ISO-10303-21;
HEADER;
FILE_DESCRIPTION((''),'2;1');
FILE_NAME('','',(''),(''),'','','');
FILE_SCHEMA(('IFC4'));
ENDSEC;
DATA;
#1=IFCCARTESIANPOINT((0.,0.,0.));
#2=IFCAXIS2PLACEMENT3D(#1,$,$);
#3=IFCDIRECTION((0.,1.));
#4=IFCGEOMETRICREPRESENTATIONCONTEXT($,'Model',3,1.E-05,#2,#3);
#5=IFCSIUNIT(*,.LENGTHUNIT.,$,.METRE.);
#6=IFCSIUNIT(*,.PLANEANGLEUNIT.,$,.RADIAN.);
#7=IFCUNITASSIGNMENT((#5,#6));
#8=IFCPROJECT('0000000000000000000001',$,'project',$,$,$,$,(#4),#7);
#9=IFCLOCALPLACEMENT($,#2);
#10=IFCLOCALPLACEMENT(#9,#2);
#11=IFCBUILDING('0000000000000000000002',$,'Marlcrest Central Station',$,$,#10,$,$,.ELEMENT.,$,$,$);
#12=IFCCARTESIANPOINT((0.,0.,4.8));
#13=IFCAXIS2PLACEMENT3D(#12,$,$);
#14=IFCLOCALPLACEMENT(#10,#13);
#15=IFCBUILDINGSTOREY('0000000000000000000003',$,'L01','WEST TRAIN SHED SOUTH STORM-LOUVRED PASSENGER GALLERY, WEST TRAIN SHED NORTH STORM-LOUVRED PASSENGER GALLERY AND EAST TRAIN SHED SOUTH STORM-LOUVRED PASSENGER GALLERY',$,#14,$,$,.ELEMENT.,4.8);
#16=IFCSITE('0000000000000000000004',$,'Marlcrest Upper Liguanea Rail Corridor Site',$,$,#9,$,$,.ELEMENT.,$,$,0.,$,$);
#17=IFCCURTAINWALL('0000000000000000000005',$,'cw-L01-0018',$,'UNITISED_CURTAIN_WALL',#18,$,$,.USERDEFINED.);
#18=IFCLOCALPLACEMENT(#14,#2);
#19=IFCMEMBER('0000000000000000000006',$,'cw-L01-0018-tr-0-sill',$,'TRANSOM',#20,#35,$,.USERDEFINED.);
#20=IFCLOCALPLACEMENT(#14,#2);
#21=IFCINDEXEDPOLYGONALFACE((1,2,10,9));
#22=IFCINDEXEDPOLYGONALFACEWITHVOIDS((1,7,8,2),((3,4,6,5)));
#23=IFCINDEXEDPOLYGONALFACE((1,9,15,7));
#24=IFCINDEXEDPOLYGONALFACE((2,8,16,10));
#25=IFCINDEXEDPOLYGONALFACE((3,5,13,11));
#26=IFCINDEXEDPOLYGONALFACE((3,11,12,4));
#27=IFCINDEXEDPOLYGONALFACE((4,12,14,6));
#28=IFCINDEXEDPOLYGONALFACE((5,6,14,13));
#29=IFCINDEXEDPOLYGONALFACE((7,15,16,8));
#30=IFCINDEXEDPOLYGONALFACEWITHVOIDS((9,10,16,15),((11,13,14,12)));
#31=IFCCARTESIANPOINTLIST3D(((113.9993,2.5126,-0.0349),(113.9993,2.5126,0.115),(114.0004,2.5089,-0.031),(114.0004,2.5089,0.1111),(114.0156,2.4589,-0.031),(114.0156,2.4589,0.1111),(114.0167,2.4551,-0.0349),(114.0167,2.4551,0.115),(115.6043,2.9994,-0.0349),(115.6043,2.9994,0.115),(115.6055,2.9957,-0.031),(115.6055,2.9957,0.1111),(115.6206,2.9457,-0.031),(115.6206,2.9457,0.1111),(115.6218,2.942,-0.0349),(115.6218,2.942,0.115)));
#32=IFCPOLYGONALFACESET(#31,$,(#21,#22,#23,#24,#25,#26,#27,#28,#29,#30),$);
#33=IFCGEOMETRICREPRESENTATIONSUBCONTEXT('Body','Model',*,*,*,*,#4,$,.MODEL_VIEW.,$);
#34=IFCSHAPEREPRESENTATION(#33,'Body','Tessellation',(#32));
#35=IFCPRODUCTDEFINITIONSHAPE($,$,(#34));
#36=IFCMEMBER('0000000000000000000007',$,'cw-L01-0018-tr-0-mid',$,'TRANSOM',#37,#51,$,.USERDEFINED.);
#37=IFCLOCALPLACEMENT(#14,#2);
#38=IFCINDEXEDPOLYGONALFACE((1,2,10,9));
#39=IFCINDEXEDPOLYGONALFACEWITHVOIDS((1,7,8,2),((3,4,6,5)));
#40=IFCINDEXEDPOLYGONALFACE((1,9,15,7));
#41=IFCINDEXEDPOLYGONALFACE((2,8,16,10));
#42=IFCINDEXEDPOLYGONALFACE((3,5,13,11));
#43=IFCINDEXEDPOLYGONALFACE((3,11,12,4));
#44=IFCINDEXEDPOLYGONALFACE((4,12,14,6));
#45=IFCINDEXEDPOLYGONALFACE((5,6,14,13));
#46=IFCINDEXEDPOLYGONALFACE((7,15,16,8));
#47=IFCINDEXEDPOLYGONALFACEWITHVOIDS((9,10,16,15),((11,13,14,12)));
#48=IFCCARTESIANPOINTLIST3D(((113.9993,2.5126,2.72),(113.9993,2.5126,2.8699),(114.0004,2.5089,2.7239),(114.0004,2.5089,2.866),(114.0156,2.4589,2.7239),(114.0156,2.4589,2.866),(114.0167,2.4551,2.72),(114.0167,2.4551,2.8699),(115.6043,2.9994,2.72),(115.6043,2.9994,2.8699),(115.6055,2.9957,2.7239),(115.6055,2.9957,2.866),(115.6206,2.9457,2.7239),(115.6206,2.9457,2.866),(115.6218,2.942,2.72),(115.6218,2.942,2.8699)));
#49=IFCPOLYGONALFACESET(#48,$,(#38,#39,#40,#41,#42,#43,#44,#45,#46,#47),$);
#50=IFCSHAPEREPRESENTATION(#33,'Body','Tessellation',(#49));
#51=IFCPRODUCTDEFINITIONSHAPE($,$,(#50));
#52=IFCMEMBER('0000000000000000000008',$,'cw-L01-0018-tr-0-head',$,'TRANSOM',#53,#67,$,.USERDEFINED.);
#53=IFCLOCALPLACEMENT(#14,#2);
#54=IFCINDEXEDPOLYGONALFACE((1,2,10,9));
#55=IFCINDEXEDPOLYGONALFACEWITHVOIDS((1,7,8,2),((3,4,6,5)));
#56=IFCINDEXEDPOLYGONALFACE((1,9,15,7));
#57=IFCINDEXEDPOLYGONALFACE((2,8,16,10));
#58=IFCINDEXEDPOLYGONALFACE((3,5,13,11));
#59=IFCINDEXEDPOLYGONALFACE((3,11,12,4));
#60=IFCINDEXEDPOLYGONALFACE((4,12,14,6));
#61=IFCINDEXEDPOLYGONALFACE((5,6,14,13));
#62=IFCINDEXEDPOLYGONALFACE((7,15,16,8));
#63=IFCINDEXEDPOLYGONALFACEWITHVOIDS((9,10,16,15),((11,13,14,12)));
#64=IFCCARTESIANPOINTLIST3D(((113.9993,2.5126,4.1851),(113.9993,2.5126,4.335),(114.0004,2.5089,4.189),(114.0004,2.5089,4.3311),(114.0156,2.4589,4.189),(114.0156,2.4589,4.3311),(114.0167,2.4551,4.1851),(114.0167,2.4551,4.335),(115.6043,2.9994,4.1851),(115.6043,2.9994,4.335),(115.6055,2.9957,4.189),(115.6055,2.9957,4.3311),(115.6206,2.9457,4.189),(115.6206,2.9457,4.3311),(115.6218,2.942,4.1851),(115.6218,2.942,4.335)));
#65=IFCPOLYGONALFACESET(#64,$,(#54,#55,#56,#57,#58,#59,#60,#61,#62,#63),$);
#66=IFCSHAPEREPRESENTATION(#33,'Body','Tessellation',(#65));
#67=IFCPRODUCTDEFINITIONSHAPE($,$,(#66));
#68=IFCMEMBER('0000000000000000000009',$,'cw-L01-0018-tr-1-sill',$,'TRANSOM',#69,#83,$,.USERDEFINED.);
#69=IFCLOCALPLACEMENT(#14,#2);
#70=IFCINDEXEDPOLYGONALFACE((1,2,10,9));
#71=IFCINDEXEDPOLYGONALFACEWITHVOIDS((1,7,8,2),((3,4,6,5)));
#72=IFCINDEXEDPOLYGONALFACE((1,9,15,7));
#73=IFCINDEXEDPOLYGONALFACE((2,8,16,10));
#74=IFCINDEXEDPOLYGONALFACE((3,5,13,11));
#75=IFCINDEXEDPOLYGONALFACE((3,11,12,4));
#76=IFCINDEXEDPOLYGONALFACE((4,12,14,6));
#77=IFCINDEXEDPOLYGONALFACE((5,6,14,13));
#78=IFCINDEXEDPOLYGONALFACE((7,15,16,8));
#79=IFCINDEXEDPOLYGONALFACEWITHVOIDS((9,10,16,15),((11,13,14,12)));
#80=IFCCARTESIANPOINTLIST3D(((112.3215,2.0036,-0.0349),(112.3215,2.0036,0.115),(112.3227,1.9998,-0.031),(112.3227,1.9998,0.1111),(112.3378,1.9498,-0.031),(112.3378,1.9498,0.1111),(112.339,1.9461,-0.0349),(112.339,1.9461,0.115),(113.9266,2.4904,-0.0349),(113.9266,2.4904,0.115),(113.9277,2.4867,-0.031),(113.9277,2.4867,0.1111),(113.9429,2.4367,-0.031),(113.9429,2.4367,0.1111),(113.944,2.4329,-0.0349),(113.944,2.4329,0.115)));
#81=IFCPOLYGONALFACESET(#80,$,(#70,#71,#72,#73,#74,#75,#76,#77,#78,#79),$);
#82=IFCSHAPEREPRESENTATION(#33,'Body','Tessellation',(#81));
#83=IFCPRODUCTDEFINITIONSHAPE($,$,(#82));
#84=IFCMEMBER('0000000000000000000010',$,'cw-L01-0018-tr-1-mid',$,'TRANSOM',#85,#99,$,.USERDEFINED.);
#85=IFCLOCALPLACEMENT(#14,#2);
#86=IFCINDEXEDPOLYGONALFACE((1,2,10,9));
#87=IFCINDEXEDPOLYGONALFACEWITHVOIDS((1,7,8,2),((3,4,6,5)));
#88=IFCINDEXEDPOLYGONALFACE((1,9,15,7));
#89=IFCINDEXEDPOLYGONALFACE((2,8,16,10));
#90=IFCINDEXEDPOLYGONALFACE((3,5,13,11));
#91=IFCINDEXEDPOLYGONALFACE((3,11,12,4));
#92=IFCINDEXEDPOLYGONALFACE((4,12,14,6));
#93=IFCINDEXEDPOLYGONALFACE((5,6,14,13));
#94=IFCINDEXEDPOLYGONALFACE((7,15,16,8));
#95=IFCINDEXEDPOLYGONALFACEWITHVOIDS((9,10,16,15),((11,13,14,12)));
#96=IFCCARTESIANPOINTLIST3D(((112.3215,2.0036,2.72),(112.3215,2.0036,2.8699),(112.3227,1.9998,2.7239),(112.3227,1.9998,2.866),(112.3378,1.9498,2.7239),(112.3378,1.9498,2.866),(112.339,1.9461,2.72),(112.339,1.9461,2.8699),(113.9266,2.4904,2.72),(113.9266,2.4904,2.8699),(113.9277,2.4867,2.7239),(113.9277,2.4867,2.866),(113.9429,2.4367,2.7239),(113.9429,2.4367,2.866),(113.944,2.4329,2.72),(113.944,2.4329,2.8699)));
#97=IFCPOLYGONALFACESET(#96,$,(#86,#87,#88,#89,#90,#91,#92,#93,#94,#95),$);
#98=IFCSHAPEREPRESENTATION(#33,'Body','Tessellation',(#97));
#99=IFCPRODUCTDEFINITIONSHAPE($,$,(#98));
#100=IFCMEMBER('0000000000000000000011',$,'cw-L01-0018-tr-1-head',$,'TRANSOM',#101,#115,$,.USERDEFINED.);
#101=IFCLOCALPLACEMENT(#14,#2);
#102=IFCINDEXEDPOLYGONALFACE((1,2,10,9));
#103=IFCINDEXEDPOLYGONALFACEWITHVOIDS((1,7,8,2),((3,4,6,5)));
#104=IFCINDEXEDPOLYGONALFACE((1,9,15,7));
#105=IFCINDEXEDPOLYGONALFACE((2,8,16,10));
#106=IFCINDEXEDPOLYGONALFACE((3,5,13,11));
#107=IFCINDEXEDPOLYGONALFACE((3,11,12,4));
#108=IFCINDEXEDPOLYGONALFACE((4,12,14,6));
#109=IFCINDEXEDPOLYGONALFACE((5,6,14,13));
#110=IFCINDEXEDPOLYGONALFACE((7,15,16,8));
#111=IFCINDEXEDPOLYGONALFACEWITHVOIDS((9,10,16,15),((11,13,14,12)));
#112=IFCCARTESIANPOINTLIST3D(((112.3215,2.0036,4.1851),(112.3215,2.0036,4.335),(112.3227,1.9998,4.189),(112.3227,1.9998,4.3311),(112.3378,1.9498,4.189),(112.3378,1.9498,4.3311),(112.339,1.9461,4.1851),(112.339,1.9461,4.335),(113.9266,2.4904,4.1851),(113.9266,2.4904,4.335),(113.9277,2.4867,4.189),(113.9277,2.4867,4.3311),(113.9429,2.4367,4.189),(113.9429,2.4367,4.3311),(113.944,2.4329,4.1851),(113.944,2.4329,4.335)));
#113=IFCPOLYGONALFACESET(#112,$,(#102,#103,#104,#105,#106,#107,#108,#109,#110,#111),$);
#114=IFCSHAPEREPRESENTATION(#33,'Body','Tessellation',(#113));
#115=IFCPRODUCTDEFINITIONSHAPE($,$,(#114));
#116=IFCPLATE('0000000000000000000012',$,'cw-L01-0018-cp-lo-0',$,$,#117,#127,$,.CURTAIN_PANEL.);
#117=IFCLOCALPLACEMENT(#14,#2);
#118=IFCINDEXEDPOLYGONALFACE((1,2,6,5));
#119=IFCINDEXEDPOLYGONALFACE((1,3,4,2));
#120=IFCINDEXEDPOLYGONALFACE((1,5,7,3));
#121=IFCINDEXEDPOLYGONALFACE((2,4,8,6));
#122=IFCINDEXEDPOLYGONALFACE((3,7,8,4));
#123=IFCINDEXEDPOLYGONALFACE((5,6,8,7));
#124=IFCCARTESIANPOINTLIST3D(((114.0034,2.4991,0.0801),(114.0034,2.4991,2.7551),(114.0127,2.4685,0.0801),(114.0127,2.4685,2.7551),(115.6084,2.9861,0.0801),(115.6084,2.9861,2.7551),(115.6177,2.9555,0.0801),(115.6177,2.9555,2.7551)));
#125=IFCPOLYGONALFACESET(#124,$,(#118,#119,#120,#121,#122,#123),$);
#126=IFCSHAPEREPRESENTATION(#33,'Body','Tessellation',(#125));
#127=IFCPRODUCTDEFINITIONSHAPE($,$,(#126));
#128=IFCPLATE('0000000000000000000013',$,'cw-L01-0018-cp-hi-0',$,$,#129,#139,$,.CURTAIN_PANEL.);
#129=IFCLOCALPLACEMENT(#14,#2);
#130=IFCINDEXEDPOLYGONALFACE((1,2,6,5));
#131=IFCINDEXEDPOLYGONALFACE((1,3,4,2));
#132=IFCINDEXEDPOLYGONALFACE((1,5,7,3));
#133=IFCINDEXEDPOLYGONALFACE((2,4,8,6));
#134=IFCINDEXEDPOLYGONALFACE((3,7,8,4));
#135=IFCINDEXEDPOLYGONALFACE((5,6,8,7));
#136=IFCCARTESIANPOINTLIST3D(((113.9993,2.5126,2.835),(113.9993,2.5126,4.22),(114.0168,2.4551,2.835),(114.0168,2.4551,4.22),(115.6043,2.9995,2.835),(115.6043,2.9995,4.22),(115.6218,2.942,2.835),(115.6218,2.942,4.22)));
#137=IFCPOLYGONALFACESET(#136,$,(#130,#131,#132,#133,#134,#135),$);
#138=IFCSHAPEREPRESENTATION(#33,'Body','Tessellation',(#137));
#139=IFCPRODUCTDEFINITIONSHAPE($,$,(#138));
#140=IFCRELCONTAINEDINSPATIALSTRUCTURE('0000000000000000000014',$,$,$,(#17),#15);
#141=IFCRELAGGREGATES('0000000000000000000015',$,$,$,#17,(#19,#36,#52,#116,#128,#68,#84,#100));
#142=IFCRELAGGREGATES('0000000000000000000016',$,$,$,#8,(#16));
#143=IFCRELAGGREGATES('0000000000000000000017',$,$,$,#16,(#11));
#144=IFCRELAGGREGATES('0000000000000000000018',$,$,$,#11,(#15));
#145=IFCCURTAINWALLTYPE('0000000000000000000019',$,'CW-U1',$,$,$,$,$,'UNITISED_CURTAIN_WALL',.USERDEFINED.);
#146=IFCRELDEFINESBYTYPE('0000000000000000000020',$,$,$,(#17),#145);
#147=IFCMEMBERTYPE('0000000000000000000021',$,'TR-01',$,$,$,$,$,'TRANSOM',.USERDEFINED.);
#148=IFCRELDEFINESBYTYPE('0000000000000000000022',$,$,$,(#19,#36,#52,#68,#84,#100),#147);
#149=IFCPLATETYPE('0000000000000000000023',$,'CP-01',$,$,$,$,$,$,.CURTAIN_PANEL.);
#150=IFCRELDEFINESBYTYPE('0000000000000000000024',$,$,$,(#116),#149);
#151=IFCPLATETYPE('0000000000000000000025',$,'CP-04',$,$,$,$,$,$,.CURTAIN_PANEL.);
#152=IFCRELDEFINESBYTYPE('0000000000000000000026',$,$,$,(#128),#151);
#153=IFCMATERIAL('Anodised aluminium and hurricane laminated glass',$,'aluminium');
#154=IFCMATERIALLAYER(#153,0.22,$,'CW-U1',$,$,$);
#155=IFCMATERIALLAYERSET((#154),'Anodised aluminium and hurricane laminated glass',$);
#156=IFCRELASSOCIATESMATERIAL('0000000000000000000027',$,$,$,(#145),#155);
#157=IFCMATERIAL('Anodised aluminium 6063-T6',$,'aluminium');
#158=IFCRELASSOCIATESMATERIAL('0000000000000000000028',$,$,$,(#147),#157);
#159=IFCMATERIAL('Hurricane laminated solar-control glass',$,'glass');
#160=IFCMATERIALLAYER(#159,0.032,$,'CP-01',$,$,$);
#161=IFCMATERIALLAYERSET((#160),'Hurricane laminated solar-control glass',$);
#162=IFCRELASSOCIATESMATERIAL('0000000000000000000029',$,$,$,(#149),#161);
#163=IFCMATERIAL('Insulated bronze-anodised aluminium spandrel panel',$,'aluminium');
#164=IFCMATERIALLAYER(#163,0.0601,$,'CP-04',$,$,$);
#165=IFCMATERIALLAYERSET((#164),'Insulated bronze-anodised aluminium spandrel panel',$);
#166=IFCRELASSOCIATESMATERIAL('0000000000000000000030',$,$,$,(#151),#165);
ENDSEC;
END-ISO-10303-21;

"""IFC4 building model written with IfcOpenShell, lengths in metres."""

from ifc_helpers import new_model, si_unit, direction, frame, origin, origin_2d, place, context, subcontext, project, spatial, rectangle, hollow_rectangle, extrude, material, layer, layer_set, material_profile, profile_set, type_object, element, aggregate, save


model = new_model("IFC4")

# Units and contexts
model_context = context("Model", 3, precision=1e-05, world=origin(), true_north=direction((0.0, 1.0)))
body_context = subcontext(model_context, "Body", "Model", "MODEL_VIEW")
ifc_project = project(units=[si_unit("LENGTHUNIT", "METRE"), si_unit("PLANEANGLEUNIT", "RADIAN")], contexts=[model_context])

# Site, building, storey
site_placement = place(None, origin())
site = spatial("IfcSite", under=ifc_project, at=site_placement, Name="Marlcrest Upper Liguanea Rail Corridor Site", CompositionType="ELEMENT", RefElevation=0.0)
building_placement = place(site_placement, origin())
building = spatial("IfcBuilding", under=site, at=building_placement, Name="Marlcrest Central Station", CompositionType="ELEMENT")
storey_placement = place(building_placement, frame((0.0, 0.0, 4.8)))
storey = spatial("IfcBuildingStorey", under=building, at=storey_placement, Name="L01", Description="WEST TRAIN SHED SOUTH STORM-LOUVRED PASSENGER GALLERY, WEST TRAIN SHED NORTH STORM-LOUVRED PASSENGER GALLERY AND EAST TRAIN SHED SOUTH STORM-LOUVRED PASSENGER GALLERY", CompositionType="ELEMENT", Elevation=4.8)

# Curtain wall
ifc_material_1 = material(Name="Anodised aluminium and hurricane laminated glass", Category="aluminium")
ifc_layer_1 = layer(ifc_material_1, 0.22, Name="CW-U1")
ifc_layer_set_1 = layer_set([ifc_layer_1], Name="Anodised aluminium and hurricane laminated glass")
curtain_wall_type = type_object("IfcCurtainWallType", Name="CW-U1", ElementType="UNITISED_CURTAIN_WALL", PredefinedType="USERDEFINED", material=ifc_layer_set_1)
curtain_wall_1_placement = place(storey_placement, origin())
curtain_wall_1 = element("IfcCurtainWall", 1, at=curtain_wall_1_placement, inside=storey, type_object=curtain_wall_type, Name="cw-L01-0018", ObjectType="UNITISED_CURTAIN_WALL", PredefinedType="USERDEFINED")
ifc_material_2 = material(Name="Anodised aluminium 6063-T6", Category="aluminium")

# Members
ifc_material_profile_1 = material_profile(ifc_material_2, hollow_rectangle(XDim=0.0601, YDim=0.1499, WallThickness=0.0039, at=origin_2d()), Name="AA-RHS 150x60x4")
ifc_profile_set_1 = profile_set([ifc_material_profile_1], Name="Anodised aluminium 6063-T6")
member_type_1 = type_object("IfcMemberType", Name="TR-01", ElementType="TRANSOM", PredefinedType="USERDEFINED", material=ifc_profile_set_1)
member_1_placement = place(storey_placement, frame((115.613, 2.9707, 0.04), z_axis=(-0.956948, -0.290258, 0.0), x_axis=(0.290258, -0.956948, 0.0)))
member_1 = element("IfcMember", 2, at=member_1_placement, type_object=member_type_1, Name="cw-L01-0018-tr-0-sill", ObjectType="TRANSOM", PredefinedType="USERDEFINED", context=body_context, shape_type="SweptSolid", body=[
    extrude(hollow_rectangle(XDim=0.0601, YDim=0.1499, WallThickness=0.0039, at=origin_2d()), origin(), (0.0, 0.0, 1.0), 1.6772),
])
member_2_placement = place(storey_placement, frame((115.613, 2.9707, 2.7949), z_axis=(-0.956948, -0.290258, 0.0), x_axis=(0.290258, -0.956948, 0.0)))
member_2 = element("IfcMember", 3, at=member_2_placement, type_object=member_type_1, Name="cw-L01-0018-tr-0-mid", ObjectType="TRANSOM", PredefinedType="USERDEFINED", context=body_context, shape_type="SweptSolid", body=[
    extrude(hollow_rectangle(XDim=0.0601, YDim=0.1499, WallThickness=0.0039, at=origin_2d()), origin(), (0.0, 0.0, 1.0), 1.6772),
])
member_3_placement = place(storey_placement, frame((115.613, 2.9707, 4.26), z_axis=(-0.956948, -0.290258, 0.0), x_axis=(0.290258, -0.956948, 0.0)))
member_3 = element("IfcMember", 4, at=member_3_placement, type_object=member_type_1, Name="cw-L01-0018-tr-0-head", ObjectType="TRANSOM", PredefinedType="USERDEFINED", context=body_context, shape_type="SweptSolid", body=[
    extrude(hollow_rectangle(XDim=0.0601, YDim=0.1499, WallThickness=0.0039, at=origin_2d()), origin(), (0.0, 0.0, 1.0), 1.6772),
])
member_4_placement = place(storey_placement, frame((113.9353, 2.4617, 0.04), z_axis=(-0.956948, -0.290258, 0.0), x_axis=(0.290258, -0.956948, 0.0)))
member_4 = element("IfcMember", 5, at=member_4_placement, type_object=member_type_1, Name="cw-L01-0018-tr-1-sill", ObjectType="TRANSOM", PredefinedType="USERDEFINED", context=body_context, shape_type="SweptSolid", body=[
    extrude(hollow_rectangle(XDim=0.0601, YDim=0.1499, WallThickness=0.0039, at=origin_2d()), origin(), (0.0, 0.0, 1.0), 1.6772),
])
member_5_placement = place(storey_placement, frame((113.9353, 2.4617, 2.7949), z_axis=(-0.956948, -0.290258, 0.0), x_axis=(0.290258, -0.956948, 0.0)))
member_5 = element("IfcMember", 6, at=member_5_placement, type_object=member_type_1, Name="cw-L01-0018-tr-1-mid", ObjectType="TRANSOM", PredefinedType="USERDEFINED", context=body_context, shape_type="SweptSolid", body=[
    extrude(hollow_rectangle(XDim=0.0601, YDim=0.1499, WallThickness=0.0039, at=origin_2d()), origin(), (0.0, 0.0, 1.0), 1.6772),
])
member_6_placement = place(storey_placement, frame((113.9353, 2.4617, 4.26), z_axis=(-0.956948, -0.290258, 0.0), x_axis=(0.290258, -0.956948, 0.0)))
member_6 = element("IfcMember", 7, at=member_6_placement, type_object=member_type_1, Name="cw-L01-0018-tr-1-head", ObjectType="TRANSOM", PredefinedType="USERDEFINED", context=body_context, shape_type="SweptSolid", body=[
    extrude(hollow_rectangle(XDim=0.0601, YDim=0.1499, WallThickness=0.0039, at=origin_2d()), origin(), (0.0, 0.0, 1.0), 1.6772),
])

# Plates
ifc_material_3 = material(Name="Hurricane laminated solar-control glass", Category="glass")
ifc_layer_2 = layer(ifc_material_3, 0.032, Name="CP-01")
ifc_layer_set_2 = layer_set([ifc_layer_2], Name="Hurricane laminated solar-control glass")
plate_type_1 = type_object("IfcPlateType", Name="CP-01", PredefinedType="CURTAIN_PANEL", material=ifc_layer_set_2)
plate_1_placement = place(storey_placement, frame((114.8105, 2.7273, 0.0801), z_axis=(0.0, 0.0, 1.0), x_axis=(-0.95693, -0.290318, 0.0)))
plate_1 = element("IfcPlate", 8, at=plate_1_placement, type_object=plate_type_1, Name="cw-L01-0018-cp-lo-0", PredefinedType="CURTAIN_PANEL", context=body_context, shape_type="SweptSolid", body=[
    extrude(rectangle(XDim=1.6772, YDim=0.032, at=origin_2d()), origin(), (0.0, 0.0, 1.0), 2.675),
])
ifc_material_4 = material(Name="Insulated bronze-anodised aluminium spandrel panel", Category="aluminium")
ifc_layer_3 = layer(ifc_material_4, 0.0601, Name="CP-04")
ifc_layer_set_3 = layer_set([ifc_layer_3], Name="Insulated bronze-anodised aluminium spandrel panel")
plate_type_2 = type_object("IfcPlateType", Name="CP-04", PredefinedType="CURTAIN_PANEL", material=ifc_layer_set_3)
plate_2_placement = place(storey_placement, frame((114.8105, 2.7273, 2.835), z_axis=(0.0, 0.0, 1.0), x_axis=(-0.95693, -0.290318, 0.0)))
plate_2 = element("IfcPlate", 9, at=plate_2_placement, type_object=plate_type_2, Name="cw-L01-0018-cp-hi-0", PredefinedType="CURTAIN_PANEL", context=body_context, shape_type="SweptSolid", body=[
    extrude(rectangle(XDim=1.6772, YDim=0.0601, at=origin_2d()), origin(), (0.0, 0.0, 1.0), 1.385),
])
aggregate(curtain_wall_1, [member_1, member_2, member_3, plate_1, plate_2, member_4, member_5, member_6])

save(model, "model.ifc")
